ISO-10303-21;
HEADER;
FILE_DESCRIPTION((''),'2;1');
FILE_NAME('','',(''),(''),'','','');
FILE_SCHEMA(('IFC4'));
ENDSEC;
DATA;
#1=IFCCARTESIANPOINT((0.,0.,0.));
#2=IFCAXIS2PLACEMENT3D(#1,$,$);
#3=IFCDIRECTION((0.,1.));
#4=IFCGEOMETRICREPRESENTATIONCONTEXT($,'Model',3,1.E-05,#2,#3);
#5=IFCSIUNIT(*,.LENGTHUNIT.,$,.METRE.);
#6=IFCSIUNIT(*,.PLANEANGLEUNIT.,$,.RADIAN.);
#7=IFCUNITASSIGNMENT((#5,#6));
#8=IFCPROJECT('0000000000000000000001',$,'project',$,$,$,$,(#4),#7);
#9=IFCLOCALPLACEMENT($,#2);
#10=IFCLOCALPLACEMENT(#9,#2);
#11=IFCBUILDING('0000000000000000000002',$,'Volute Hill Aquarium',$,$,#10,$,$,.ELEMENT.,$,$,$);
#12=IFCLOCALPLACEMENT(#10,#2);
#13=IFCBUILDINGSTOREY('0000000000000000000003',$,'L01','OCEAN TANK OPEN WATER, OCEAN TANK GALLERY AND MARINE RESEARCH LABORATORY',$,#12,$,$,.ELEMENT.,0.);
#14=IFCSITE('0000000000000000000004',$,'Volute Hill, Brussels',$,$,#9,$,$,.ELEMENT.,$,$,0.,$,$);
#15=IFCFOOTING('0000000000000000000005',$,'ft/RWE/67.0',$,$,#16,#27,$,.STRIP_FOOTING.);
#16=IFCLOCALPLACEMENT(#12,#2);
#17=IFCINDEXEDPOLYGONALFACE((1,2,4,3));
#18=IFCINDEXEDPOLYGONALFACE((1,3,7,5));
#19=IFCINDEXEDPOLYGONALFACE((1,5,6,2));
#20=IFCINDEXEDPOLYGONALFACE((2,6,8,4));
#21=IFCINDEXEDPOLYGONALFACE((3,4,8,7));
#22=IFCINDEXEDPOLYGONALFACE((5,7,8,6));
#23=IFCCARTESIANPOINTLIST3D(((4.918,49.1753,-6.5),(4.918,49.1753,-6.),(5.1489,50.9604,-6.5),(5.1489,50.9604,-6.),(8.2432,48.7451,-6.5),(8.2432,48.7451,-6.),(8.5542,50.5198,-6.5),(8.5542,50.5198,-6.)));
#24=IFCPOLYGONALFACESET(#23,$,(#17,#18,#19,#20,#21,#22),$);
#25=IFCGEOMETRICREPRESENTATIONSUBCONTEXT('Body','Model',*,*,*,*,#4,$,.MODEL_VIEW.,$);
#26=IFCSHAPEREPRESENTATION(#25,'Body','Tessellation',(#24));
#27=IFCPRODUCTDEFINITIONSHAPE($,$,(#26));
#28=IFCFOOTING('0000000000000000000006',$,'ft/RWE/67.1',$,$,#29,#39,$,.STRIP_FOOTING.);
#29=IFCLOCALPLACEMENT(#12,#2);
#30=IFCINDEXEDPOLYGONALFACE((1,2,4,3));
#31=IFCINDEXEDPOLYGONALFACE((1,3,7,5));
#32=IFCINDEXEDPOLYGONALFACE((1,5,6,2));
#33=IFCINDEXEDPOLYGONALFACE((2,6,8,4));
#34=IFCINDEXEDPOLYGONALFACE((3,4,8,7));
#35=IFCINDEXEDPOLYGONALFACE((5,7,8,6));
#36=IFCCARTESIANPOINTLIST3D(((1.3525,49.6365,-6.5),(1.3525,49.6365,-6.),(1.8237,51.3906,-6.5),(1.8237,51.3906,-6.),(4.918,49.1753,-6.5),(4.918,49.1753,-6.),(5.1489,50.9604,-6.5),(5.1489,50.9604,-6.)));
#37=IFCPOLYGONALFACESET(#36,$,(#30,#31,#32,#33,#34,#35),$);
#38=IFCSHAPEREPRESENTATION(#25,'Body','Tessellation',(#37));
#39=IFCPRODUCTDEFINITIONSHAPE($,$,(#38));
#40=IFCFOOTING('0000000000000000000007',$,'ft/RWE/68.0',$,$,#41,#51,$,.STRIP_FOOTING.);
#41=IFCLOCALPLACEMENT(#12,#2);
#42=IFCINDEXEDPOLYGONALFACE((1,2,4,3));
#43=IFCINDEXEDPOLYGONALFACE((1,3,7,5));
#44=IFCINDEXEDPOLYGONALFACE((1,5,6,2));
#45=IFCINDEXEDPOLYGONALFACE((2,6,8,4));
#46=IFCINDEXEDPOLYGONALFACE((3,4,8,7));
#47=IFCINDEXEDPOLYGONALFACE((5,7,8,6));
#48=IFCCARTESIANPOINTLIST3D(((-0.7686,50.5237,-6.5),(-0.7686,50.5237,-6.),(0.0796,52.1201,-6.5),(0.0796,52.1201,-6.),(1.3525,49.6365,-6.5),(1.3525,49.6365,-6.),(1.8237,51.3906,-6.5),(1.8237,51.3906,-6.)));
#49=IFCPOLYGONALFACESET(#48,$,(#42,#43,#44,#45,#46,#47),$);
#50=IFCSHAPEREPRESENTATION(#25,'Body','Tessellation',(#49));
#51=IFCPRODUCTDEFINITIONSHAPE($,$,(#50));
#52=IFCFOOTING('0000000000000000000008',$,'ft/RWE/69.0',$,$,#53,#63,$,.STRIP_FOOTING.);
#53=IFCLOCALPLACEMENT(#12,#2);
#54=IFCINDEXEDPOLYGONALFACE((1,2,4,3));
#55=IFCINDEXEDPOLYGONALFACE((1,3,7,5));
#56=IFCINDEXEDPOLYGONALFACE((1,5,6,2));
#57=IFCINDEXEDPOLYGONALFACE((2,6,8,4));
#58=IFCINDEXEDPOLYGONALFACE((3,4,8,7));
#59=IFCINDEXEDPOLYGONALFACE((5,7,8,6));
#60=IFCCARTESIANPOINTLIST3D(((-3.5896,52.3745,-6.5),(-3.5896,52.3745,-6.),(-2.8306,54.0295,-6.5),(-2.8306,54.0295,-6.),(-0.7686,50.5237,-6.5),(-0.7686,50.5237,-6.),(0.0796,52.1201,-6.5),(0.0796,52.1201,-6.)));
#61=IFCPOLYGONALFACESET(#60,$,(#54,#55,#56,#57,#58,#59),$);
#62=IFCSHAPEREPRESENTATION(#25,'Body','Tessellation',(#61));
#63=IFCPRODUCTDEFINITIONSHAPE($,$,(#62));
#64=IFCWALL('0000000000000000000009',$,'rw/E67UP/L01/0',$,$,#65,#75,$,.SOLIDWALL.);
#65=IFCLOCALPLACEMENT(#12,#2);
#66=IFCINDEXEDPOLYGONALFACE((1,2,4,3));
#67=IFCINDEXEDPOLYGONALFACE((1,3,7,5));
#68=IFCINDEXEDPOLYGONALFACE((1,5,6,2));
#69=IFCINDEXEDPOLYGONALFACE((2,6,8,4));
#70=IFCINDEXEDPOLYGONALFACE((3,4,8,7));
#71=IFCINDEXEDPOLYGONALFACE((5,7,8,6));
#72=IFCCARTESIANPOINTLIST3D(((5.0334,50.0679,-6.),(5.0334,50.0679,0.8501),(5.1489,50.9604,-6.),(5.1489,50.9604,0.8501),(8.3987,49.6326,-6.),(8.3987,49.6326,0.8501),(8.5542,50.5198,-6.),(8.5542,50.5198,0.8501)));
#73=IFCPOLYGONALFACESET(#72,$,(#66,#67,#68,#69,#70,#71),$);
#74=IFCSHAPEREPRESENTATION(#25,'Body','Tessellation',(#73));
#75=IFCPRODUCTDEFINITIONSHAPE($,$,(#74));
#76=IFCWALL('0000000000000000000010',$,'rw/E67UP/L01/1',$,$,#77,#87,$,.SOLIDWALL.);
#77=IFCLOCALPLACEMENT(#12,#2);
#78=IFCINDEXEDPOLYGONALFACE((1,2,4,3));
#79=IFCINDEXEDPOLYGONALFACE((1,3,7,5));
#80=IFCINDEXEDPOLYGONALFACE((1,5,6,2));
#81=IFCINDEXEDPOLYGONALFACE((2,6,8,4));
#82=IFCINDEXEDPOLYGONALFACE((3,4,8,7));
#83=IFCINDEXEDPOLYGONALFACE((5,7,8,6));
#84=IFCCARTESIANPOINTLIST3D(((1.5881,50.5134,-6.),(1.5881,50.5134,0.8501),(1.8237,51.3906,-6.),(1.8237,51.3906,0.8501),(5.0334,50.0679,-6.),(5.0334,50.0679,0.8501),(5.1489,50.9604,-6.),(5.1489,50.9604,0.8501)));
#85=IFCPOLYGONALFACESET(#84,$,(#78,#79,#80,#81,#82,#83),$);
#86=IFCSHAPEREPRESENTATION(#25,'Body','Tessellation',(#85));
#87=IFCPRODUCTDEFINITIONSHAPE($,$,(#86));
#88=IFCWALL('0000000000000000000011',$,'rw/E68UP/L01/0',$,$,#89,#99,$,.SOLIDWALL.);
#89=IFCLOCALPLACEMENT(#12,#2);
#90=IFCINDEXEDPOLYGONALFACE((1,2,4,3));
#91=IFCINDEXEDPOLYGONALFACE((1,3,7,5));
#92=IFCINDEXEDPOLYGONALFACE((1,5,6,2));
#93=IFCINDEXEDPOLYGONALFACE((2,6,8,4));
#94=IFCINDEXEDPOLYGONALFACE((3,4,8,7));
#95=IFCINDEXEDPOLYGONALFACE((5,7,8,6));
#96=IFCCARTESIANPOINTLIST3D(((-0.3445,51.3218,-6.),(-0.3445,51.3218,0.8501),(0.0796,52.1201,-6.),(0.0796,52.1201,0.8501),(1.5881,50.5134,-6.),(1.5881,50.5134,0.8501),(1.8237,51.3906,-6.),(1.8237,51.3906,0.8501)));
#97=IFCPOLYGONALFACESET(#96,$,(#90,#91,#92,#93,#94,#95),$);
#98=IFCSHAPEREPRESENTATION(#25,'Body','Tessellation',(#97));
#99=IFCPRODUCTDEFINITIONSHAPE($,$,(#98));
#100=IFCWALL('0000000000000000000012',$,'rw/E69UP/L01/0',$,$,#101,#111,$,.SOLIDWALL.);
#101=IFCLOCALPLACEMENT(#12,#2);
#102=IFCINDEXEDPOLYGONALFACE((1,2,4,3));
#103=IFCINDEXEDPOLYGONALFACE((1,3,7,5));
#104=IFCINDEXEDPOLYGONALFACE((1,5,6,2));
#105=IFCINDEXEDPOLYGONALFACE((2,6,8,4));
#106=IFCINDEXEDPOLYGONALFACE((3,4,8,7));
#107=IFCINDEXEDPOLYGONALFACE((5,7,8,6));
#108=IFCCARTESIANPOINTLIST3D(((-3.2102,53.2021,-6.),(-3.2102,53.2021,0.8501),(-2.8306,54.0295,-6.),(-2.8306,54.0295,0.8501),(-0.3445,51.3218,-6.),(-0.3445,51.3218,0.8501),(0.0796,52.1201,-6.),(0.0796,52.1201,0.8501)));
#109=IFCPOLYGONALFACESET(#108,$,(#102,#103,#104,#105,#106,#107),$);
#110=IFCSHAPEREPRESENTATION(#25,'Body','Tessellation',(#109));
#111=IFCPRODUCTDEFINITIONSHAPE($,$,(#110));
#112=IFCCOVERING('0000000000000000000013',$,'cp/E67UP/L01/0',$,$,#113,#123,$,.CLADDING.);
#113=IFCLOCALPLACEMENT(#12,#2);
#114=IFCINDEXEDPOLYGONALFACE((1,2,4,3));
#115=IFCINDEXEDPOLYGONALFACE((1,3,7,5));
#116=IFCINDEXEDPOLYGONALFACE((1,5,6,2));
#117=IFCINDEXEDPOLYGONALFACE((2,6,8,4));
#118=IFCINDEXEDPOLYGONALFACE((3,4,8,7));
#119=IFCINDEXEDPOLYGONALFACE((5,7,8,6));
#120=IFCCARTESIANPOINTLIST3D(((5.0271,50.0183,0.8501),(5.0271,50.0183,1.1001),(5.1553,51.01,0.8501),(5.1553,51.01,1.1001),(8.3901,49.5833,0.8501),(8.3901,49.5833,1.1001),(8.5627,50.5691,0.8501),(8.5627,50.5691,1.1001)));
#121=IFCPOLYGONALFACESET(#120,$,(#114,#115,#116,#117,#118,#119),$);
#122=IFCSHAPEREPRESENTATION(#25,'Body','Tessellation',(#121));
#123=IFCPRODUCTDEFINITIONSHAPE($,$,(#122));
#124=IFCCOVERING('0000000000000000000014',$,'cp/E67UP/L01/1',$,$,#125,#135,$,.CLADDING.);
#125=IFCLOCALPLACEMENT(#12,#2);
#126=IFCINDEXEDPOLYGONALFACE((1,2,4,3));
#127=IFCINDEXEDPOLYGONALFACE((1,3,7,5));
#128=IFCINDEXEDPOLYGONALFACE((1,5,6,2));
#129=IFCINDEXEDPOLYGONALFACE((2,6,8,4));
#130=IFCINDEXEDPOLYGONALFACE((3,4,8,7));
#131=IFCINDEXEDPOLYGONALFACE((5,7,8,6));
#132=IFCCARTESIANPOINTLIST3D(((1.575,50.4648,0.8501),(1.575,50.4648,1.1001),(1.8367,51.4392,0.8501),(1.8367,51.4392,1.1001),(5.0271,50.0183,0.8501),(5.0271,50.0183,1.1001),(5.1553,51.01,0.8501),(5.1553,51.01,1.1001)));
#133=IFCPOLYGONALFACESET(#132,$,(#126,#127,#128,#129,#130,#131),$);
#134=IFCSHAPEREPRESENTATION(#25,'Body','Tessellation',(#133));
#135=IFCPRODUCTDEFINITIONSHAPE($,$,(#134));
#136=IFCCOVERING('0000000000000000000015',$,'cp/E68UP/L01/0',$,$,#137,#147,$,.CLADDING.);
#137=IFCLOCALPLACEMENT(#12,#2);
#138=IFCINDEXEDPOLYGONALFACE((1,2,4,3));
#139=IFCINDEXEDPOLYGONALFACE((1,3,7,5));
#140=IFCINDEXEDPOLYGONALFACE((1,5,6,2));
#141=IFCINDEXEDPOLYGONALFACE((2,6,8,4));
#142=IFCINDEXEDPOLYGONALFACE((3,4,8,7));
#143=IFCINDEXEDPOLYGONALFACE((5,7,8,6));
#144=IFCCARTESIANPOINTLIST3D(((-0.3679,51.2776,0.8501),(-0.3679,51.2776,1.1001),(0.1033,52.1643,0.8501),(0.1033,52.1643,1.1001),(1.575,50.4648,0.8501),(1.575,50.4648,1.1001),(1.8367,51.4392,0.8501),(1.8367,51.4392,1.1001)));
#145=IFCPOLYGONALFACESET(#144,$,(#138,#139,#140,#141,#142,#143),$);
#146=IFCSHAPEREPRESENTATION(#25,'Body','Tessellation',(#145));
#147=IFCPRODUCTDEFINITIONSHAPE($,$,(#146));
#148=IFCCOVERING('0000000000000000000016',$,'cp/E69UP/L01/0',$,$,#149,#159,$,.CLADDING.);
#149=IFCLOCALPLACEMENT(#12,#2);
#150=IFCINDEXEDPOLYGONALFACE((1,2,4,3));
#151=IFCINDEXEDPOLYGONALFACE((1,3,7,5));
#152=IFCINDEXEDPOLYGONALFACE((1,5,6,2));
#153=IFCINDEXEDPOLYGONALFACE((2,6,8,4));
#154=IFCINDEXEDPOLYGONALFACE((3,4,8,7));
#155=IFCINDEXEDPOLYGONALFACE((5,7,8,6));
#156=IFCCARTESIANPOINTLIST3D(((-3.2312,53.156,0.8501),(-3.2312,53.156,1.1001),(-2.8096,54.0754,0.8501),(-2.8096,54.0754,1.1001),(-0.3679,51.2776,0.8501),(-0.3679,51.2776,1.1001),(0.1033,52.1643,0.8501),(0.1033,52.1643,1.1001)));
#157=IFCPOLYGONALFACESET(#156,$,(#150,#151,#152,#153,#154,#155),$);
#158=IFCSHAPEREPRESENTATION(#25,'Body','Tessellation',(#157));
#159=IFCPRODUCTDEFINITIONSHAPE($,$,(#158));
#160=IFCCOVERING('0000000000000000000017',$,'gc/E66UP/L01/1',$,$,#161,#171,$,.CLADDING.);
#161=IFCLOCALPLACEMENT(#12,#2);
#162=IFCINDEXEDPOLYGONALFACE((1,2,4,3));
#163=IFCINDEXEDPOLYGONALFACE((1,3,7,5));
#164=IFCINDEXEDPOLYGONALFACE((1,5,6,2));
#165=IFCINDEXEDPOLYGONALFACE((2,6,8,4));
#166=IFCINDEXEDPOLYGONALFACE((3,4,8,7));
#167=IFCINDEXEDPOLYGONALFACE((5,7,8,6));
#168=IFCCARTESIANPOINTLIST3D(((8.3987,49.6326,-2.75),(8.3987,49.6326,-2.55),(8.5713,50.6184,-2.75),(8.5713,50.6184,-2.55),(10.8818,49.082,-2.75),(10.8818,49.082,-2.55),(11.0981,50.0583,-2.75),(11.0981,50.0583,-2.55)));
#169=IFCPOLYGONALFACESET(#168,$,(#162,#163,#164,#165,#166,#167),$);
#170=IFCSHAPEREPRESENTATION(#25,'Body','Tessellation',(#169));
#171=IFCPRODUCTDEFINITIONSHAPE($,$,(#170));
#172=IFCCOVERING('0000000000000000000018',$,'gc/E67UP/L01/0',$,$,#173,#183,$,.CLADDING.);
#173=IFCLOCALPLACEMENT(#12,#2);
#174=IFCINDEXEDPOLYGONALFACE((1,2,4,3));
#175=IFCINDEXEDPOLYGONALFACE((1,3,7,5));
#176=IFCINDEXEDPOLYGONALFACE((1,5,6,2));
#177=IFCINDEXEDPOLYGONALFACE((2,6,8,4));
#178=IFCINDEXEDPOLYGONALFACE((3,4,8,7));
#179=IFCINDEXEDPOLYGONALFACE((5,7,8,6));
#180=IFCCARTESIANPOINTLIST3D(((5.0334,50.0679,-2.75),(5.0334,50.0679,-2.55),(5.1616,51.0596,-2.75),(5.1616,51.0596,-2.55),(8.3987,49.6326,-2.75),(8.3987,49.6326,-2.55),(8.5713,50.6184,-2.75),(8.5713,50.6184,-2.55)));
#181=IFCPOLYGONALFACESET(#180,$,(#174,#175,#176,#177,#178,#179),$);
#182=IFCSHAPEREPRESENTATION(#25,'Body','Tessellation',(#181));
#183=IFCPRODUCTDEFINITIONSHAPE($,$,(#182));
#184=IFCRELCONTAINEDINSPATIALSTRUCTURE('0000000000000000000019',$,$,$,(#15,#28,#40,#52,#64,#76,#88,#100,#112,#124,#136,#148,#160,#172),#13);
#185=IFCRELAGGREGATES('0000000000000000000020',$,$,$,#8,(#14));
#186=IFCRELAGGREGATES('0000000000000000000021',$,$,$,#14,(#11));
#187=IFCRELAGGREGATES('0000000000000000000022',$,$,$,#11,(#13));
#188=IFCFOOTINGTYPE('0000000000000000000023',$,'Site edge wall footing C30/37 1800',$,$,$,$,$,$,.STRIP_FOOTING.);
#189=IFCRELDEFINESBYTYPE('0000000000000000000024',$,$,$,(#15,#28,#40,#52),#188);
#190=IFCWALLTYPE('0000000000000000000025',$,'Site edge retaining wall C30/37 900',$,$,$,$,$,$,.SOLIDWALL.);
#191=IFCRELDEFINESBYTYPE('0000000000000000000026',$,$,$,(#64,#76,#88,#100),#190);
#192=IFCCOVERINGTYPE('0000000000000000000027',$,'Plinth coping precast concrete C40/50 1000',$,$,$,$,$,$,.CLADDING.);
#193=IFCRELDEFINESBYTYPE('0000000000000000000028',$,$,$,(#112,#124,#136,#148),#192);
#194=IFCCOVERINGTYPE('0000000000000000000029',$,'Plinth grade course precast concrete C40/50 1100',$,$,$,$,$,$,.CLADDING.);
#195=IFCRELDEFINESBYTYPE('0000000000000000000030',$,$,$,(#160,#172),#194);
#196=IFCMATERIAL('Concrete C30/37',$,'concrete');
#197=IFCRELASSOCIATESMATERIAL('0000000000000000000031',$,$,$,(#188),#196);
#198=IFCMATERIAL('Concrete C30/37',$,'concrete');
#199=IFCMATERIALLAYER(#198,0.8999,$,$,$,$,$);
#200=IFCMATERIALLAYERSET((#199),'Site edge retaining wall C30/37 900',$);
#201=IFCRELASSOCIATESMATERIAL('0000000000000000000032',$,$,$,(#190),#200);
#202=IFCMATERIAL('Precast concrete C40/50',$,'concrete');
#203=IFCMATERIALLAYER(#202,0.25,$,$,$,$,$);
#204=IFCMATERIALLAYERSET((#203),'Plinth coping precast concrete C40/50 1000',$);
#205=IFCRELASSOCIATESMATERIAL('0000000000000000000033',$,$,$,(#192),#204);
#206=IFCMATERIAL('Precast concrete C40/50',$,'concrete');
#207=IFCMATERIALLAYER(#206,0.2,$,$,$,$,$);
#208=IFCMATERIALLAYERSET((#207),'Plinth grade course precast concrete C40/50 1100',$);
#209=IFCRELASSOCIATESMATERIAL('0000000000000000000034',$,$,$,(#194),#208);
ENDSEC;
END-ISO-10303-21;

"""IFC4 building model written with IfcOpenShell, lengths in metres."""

from ifc_helpers import new_model, si_unit, direction, frame, origin, place, context, subcontext, project, spatial, polyline, outline, extrude, material, layer, layer_set, type_object, element, save


model = new_model("IFC4")

# Units and contexts
model_context = context("Model", 3, precision=1e-05, world=origin(), true_north=direction((0.0, 1.0)))
body_context = subcontext(model_context, "Body", "Model", "MODEL_VIEW")
ifc_project = project(units=[si_unit("LENGTHUNIT", "METRE"), si_unit("PLANEANGLEUNIT", "RADIAN")], contexts=[model_context])

# Site, building, storey
site_placement = place(None, origin())
site = spatial("IfcSite", under=ifc_project, at=site_placement, Name="Volute Hill, Brussels", CompositionType="ELEMENT", RefElevation=0.0)
building_placement = place(site_placement, origin())
building = spatial("IfcBuilding", under=site, at=building_placement, Name="Volute Hill Aquarium", CompositionType="ELEMENT")
storey_placement = place(building_placement, origin())
storey = spatial("IfcBuildingStorey", under=building, at=storey_placement, Name="L01", Description="OCEAN TANK OPEN WATER, OCEAN TANK GALLERY AND MARINE RESEARCH LABORATORY", CompositionType="ELEMENT", Elevation=0.0)

# Footings
ifc_material_1 = material(Name="Concrete C30/37", Category="concrete")
footing_type = type_object("IfcFootingType", Name="Site edge wall footing C30/37 1800", PredefinedType="STRIP_FOOTING", material=ifc_material_1)
footing_1_placement = place(storey_placement, frame((0.0, 0.0, -6.5)))
element("IfcFooting", 1, at=footing_1_placement, inside=storey, type_object=footing_type, Name="ft/RWE/67.0", PredefinedType="STRIP_FOOTING", context=body_context, shape_type="SweptSolid", body=[
    extrude(outline(polyline([(8.5542, 50.5198), (5.1489, 50.9604), (4.918, 49.1753), (8.2432, 48.7451), (8.2432, 48.7451), (8.5542, 50.5198), (8.5542, 50.5198)])), origin(), (0.0, 0.0, 1.0), 0.5),
])
footing_2_placement = place(storey_placement, frame((0.0, 0.0, -6.5)))
element("IfcFooting", 2, at=footing_2_placement, inside=storey, type_object=footing_type, Name="ft/RWE/67.1", PredefinedType="STRIP_FOOTING", context=body_context, shape_type="SweptSolid", body=[
    extrude(outline(polyline([(5.1489, 50.9604), (1.8237, 51.3906), (1.3525, 49.6365), (4.918, 49.1753), (5.1489, 50.9604)])), origin(), (0.0, 0.0, 1.0), 0.5),
])
footing_3_placement = place(storey_placement, frame((0.0, 0.0, -6.5)))
element("IfcFooting", 3, at=footing_3_placement, inside=storey, type_object=footing_type, Name="ft/RWE/68.0", PredefinedType="STRIP_FOOTING", context=body_context, shape_type="SweptSolid", body=[
    extrude(outline(polyline([(1.8237, 51.3906), (0.0796, 52.1201), (-0.7686, 50.5237), (1.3525, 49.6365), (1.3525, 49.6365), (1.8237, 51.3906), (1.8237, 51.3906)])), origin(), (0.0, 0.0, 1.0), 0.5),
])
footing_4_placement = place(storey_placement, frame((0.0, 0.0, -6.5)))
element("IfcFooting", 4, at=footing_4_placement, inside=storey, type_object=footing_type, Name="ft/RWE/69.0", PredefinedType="STRIP_FOOTING", context=body_context, shape_type="SweptSolid", body=[
    extrude(outline(polyline([(0.0796, 52.1201), (-2.8306, 54.0295), (-3.5896, 52.3745), (-0.7686, 50.5237), (-0.7686, 50.5237), (0.0796, 52.1201), (0.0796, 52.1201)])), origin(), (0.0, 0.0, 1.0), 0.5),
])

# Walls
ifc_material_2 = material(Name="Concrete C30/37", Category="concrete")
ifc_layer_1 = layer(ifc_material_2, 0.8999)
ifc_layer_set_1 = layer_set([ifc_layer_1], Name="Site edge retaining wall C30/37 900")
wall_type = type_object("IfcWallType", Name="Site edge retaining wall C30/37 900", PredefinedType="SOLIDWALL", material=ifc_layer_set_1)
wall_1_placement = place(storey_placement, frame((0.0, 0.0, -6.0)))
element("IfcWall", 5, at=wall_1_placement, inside=storey, type_object=wall_type, Name="rw/E67UP/L01/0", PredefinedType="SOLIDWALL", context=body_context, shape_type="SweptSolid", body=[
    extrude(outline(polyline([(8.5542, 50.5198), (5.1489, 50.9604), (5.0334, 50.0679), (8.3987, 49.6326), (8.3987, 49.6326), (8.5542, 50.5198), (8.5542, 50.5198)])), origin(), (0.0, 0.0, 1.0), 6.8501),
])
wall_2_placement = place(storey_placement, frame((0.0, 0.0, -6.0)))
element("IfcWall", 6, at=wall_2_placement, inside=storey, type_object=wall_type, Name="rw/E67UP/L01/1", PredefinedType="SOLIDWALL", context=body_context, shape_type="SweptSolid", body=[
    extrude(outline(polyline([(5.1489, 50.9604), (1.8237, 51.3906), (1.5881, 50.5134), (5.0334, 50.0679), (5.1489, 50.9604)])), origin(), (0.0, 0.0, 1.0), 6.8501),
])
wall_3_placement = place(storey_placement, frame((0.0, 0.0, -6.0)))
element("IfcWall", 7, at=wall_3_placement, inside=storey, type_object=wall_type, Name="rw/E68UP/L01/0", PredefinedType="SOLIDWALL", context=body_context, shape_type="SweptSolid", body=[
    extrude(outline(polyline([(1.8237, 51.3906), (0.0796, 52.1201), (-0.3445, 51.3218), (1.5881, 50.5134), (1.5881, 50.5134), (1.8237, 51.3906), (1.8237, 51.3906)])), origin(), (0.0, 0.0, 1.0), 6.8501),
])
wall_4_placement = place(storey_placement, frame((0.0, 0.0, -6.0)))
element("IfcWall", 8, at=wall_4_placement, inside=storey, type_object=wall_type, Name="rw/E69UP/L01/0", PredefinedType="SOLIDWALL", context=body_context, shape_type="SweptSolid", body=[
    extrude(outline(polyline([(0.0796, 52.1201), (-2.8306, 54.0295), (-3.2102, 53.2021), (-0.3445, 51.3218), (-0.3445, 51.3218), (0.0796, 52.1201), (0.0796, 52.1201)])), origin(), (0.0, 0.0, 1.0), 6.8501),
])

# Coverings
ifc_material_3 = material(Name="Precast concrete C40/50", Category="concrete")
ifc_layer_2 = layer(ifc_material_3, 0.25)
ifc_layer_set_2 = layer_set([ifc_layer_2], Name="Plinth coping precast concrete C40/50 1000")
covering_type_1 = type_object("IfcCoveringType", Name="Plinth coping precast concrete C40/50 1000", PredefinedType="CLADDING", material=ifc_layer_set_2)
covering_1_placement = place(storey_placement, frame((0.0, 0.0, 0.8501)))
element("IfcCovering", 9, at=covering_1_placement, inside=storey, type_object=covering_type_1, Name="cp/E67UP/L01/0", PredefinedType="CLADDING", context=body_context, shape_type="SweptSolid", body=[
    extrude(outline(polyline([(8.5627, 50.5691), (5.1553, 51.01), (5.0271, 50.0183), (8.3901, 49.5833), (8.5627, 50.5691), (8.5627, 50.5691)])), origin(), (0.0, 0.0, 1.0), 0.25),
])
covering_2_placement = place(storey_placement, frame((0.0, 0.0, 0.8501)))
element("IfcCovering", 10, at=covering_2_placement, inside=storey, type_object=covering_type_1, Name="cp/E67UP/L01/1", PredefinedType="CLADDING", context=body_context, shape_type="SweptSolid", body=[
    extrude(outline(polyline([(5.1553, 51.01), (1.8367, 51.4392), (1.575, 50.4648), (1.575, 50.4648), (5.0271, 50.0183), (5.1553, 51.01)])), origin(), (0.0, 0.0, 1.0), 0.25),
])
covering_3_placement = place(storey_placement, frame((0.0, 0.0, 0.8501)))
element("IfcCovering", 11, at=covering_3_placement, inside=storey, type_object=covering_type_1, Name="cp/E68UP/L01/0", PredefinedType="CLADDING", context=body_context, shape_type="SweptSolid", body=[
    extrude(outline(polyline([(0.1033, 52.1643), (0.1033, 52.1643), (-0.3679, 51.2776), (1.575, 50.4648), (1.8367, 51.4392), (1.8367, 51.4392), (0.1033, 52.1643)])), origin(), (0.0, 0.0, 1.0), 0.25),
])
covering_4_placement = place(storey_placement, frame((0.0, 0.0, 0.8501)))
element("IfcCovering", 12, at=covering_4_placement, inside=storey, type_object=covering_type_1, Name="cp/E69UP/L01/0", PredefinedType="CLADDING", context=body_context, shape_type="SweptSolid", body=[
    extrude(outline(polyline([(-2.8096, 54.0754), (-2.8096, 54.0754), (-3.2312, 53.156), (-0.3679, 51.2776), (-0.3679, 51.2776), (0.1033, 52.1643), (-2.8096, 54.0754)])), origin(), (0.0, 0.0, 1.0), 0.25),
])
ifc_material_4 = material(Name="Precast concrete C40/50", Category="concrete")
ifc_layer_3 = layer(ifc_material_4, 0.2)
ifc_layer_set_3 = layer_set([ifc_layer_3], Name="Plinth grade course precast concrete C40/50 1100")
covering_type_2 = type_object("IfcCoveringType", Name="Plinth grade course precast concrete C40/50 1100", PredefinedType="CLADDING", material=ifc_layer_set_3)
covering_5_placement = place(storey_placement, frame((0.0, 0.0, -2.75)))
element("IfcCovering", 13, at=covering_5_placement, inside=storey, type_object=covering_type_2, Name="gc/E66UP/L01/1", PredefinedType="CLADDING", context=body_context, shape_type="SweptSolid", body=[
    extrude(outline(polyline([(11.0981, 50.0583), (8.5713, 50.6184), (8.3987, 49.6326), (10.8818, 49.082), (11.0981, 50.0583)])), origin(), (0.0, 0.0, 1.0), 0.2),
])
covering_6_placement = place(storey_placement, frame((0.0, 0.0, -2.75)))
element("IfcCovering", 14, at=covering_6_placement, inside=storey, type_object=covering_type_2, Name="gc/E67UP/L01/0", PredefinedType="CLADDING", context=body_context, shape_type="SweptSolid", body=[
    extrude(outline(polyline([(8.5713, 50.6184), (5.1616, 51.0596), (5.0334, 50.0679), (8.3987, 49.6326), (8.3987, 49.6326), (8.5713, 50.6184), (8.5713, 50.6184)])), origin(), (0.0, 0.0, 1.0), 0.2),
])

save(model, "model.ifc")
